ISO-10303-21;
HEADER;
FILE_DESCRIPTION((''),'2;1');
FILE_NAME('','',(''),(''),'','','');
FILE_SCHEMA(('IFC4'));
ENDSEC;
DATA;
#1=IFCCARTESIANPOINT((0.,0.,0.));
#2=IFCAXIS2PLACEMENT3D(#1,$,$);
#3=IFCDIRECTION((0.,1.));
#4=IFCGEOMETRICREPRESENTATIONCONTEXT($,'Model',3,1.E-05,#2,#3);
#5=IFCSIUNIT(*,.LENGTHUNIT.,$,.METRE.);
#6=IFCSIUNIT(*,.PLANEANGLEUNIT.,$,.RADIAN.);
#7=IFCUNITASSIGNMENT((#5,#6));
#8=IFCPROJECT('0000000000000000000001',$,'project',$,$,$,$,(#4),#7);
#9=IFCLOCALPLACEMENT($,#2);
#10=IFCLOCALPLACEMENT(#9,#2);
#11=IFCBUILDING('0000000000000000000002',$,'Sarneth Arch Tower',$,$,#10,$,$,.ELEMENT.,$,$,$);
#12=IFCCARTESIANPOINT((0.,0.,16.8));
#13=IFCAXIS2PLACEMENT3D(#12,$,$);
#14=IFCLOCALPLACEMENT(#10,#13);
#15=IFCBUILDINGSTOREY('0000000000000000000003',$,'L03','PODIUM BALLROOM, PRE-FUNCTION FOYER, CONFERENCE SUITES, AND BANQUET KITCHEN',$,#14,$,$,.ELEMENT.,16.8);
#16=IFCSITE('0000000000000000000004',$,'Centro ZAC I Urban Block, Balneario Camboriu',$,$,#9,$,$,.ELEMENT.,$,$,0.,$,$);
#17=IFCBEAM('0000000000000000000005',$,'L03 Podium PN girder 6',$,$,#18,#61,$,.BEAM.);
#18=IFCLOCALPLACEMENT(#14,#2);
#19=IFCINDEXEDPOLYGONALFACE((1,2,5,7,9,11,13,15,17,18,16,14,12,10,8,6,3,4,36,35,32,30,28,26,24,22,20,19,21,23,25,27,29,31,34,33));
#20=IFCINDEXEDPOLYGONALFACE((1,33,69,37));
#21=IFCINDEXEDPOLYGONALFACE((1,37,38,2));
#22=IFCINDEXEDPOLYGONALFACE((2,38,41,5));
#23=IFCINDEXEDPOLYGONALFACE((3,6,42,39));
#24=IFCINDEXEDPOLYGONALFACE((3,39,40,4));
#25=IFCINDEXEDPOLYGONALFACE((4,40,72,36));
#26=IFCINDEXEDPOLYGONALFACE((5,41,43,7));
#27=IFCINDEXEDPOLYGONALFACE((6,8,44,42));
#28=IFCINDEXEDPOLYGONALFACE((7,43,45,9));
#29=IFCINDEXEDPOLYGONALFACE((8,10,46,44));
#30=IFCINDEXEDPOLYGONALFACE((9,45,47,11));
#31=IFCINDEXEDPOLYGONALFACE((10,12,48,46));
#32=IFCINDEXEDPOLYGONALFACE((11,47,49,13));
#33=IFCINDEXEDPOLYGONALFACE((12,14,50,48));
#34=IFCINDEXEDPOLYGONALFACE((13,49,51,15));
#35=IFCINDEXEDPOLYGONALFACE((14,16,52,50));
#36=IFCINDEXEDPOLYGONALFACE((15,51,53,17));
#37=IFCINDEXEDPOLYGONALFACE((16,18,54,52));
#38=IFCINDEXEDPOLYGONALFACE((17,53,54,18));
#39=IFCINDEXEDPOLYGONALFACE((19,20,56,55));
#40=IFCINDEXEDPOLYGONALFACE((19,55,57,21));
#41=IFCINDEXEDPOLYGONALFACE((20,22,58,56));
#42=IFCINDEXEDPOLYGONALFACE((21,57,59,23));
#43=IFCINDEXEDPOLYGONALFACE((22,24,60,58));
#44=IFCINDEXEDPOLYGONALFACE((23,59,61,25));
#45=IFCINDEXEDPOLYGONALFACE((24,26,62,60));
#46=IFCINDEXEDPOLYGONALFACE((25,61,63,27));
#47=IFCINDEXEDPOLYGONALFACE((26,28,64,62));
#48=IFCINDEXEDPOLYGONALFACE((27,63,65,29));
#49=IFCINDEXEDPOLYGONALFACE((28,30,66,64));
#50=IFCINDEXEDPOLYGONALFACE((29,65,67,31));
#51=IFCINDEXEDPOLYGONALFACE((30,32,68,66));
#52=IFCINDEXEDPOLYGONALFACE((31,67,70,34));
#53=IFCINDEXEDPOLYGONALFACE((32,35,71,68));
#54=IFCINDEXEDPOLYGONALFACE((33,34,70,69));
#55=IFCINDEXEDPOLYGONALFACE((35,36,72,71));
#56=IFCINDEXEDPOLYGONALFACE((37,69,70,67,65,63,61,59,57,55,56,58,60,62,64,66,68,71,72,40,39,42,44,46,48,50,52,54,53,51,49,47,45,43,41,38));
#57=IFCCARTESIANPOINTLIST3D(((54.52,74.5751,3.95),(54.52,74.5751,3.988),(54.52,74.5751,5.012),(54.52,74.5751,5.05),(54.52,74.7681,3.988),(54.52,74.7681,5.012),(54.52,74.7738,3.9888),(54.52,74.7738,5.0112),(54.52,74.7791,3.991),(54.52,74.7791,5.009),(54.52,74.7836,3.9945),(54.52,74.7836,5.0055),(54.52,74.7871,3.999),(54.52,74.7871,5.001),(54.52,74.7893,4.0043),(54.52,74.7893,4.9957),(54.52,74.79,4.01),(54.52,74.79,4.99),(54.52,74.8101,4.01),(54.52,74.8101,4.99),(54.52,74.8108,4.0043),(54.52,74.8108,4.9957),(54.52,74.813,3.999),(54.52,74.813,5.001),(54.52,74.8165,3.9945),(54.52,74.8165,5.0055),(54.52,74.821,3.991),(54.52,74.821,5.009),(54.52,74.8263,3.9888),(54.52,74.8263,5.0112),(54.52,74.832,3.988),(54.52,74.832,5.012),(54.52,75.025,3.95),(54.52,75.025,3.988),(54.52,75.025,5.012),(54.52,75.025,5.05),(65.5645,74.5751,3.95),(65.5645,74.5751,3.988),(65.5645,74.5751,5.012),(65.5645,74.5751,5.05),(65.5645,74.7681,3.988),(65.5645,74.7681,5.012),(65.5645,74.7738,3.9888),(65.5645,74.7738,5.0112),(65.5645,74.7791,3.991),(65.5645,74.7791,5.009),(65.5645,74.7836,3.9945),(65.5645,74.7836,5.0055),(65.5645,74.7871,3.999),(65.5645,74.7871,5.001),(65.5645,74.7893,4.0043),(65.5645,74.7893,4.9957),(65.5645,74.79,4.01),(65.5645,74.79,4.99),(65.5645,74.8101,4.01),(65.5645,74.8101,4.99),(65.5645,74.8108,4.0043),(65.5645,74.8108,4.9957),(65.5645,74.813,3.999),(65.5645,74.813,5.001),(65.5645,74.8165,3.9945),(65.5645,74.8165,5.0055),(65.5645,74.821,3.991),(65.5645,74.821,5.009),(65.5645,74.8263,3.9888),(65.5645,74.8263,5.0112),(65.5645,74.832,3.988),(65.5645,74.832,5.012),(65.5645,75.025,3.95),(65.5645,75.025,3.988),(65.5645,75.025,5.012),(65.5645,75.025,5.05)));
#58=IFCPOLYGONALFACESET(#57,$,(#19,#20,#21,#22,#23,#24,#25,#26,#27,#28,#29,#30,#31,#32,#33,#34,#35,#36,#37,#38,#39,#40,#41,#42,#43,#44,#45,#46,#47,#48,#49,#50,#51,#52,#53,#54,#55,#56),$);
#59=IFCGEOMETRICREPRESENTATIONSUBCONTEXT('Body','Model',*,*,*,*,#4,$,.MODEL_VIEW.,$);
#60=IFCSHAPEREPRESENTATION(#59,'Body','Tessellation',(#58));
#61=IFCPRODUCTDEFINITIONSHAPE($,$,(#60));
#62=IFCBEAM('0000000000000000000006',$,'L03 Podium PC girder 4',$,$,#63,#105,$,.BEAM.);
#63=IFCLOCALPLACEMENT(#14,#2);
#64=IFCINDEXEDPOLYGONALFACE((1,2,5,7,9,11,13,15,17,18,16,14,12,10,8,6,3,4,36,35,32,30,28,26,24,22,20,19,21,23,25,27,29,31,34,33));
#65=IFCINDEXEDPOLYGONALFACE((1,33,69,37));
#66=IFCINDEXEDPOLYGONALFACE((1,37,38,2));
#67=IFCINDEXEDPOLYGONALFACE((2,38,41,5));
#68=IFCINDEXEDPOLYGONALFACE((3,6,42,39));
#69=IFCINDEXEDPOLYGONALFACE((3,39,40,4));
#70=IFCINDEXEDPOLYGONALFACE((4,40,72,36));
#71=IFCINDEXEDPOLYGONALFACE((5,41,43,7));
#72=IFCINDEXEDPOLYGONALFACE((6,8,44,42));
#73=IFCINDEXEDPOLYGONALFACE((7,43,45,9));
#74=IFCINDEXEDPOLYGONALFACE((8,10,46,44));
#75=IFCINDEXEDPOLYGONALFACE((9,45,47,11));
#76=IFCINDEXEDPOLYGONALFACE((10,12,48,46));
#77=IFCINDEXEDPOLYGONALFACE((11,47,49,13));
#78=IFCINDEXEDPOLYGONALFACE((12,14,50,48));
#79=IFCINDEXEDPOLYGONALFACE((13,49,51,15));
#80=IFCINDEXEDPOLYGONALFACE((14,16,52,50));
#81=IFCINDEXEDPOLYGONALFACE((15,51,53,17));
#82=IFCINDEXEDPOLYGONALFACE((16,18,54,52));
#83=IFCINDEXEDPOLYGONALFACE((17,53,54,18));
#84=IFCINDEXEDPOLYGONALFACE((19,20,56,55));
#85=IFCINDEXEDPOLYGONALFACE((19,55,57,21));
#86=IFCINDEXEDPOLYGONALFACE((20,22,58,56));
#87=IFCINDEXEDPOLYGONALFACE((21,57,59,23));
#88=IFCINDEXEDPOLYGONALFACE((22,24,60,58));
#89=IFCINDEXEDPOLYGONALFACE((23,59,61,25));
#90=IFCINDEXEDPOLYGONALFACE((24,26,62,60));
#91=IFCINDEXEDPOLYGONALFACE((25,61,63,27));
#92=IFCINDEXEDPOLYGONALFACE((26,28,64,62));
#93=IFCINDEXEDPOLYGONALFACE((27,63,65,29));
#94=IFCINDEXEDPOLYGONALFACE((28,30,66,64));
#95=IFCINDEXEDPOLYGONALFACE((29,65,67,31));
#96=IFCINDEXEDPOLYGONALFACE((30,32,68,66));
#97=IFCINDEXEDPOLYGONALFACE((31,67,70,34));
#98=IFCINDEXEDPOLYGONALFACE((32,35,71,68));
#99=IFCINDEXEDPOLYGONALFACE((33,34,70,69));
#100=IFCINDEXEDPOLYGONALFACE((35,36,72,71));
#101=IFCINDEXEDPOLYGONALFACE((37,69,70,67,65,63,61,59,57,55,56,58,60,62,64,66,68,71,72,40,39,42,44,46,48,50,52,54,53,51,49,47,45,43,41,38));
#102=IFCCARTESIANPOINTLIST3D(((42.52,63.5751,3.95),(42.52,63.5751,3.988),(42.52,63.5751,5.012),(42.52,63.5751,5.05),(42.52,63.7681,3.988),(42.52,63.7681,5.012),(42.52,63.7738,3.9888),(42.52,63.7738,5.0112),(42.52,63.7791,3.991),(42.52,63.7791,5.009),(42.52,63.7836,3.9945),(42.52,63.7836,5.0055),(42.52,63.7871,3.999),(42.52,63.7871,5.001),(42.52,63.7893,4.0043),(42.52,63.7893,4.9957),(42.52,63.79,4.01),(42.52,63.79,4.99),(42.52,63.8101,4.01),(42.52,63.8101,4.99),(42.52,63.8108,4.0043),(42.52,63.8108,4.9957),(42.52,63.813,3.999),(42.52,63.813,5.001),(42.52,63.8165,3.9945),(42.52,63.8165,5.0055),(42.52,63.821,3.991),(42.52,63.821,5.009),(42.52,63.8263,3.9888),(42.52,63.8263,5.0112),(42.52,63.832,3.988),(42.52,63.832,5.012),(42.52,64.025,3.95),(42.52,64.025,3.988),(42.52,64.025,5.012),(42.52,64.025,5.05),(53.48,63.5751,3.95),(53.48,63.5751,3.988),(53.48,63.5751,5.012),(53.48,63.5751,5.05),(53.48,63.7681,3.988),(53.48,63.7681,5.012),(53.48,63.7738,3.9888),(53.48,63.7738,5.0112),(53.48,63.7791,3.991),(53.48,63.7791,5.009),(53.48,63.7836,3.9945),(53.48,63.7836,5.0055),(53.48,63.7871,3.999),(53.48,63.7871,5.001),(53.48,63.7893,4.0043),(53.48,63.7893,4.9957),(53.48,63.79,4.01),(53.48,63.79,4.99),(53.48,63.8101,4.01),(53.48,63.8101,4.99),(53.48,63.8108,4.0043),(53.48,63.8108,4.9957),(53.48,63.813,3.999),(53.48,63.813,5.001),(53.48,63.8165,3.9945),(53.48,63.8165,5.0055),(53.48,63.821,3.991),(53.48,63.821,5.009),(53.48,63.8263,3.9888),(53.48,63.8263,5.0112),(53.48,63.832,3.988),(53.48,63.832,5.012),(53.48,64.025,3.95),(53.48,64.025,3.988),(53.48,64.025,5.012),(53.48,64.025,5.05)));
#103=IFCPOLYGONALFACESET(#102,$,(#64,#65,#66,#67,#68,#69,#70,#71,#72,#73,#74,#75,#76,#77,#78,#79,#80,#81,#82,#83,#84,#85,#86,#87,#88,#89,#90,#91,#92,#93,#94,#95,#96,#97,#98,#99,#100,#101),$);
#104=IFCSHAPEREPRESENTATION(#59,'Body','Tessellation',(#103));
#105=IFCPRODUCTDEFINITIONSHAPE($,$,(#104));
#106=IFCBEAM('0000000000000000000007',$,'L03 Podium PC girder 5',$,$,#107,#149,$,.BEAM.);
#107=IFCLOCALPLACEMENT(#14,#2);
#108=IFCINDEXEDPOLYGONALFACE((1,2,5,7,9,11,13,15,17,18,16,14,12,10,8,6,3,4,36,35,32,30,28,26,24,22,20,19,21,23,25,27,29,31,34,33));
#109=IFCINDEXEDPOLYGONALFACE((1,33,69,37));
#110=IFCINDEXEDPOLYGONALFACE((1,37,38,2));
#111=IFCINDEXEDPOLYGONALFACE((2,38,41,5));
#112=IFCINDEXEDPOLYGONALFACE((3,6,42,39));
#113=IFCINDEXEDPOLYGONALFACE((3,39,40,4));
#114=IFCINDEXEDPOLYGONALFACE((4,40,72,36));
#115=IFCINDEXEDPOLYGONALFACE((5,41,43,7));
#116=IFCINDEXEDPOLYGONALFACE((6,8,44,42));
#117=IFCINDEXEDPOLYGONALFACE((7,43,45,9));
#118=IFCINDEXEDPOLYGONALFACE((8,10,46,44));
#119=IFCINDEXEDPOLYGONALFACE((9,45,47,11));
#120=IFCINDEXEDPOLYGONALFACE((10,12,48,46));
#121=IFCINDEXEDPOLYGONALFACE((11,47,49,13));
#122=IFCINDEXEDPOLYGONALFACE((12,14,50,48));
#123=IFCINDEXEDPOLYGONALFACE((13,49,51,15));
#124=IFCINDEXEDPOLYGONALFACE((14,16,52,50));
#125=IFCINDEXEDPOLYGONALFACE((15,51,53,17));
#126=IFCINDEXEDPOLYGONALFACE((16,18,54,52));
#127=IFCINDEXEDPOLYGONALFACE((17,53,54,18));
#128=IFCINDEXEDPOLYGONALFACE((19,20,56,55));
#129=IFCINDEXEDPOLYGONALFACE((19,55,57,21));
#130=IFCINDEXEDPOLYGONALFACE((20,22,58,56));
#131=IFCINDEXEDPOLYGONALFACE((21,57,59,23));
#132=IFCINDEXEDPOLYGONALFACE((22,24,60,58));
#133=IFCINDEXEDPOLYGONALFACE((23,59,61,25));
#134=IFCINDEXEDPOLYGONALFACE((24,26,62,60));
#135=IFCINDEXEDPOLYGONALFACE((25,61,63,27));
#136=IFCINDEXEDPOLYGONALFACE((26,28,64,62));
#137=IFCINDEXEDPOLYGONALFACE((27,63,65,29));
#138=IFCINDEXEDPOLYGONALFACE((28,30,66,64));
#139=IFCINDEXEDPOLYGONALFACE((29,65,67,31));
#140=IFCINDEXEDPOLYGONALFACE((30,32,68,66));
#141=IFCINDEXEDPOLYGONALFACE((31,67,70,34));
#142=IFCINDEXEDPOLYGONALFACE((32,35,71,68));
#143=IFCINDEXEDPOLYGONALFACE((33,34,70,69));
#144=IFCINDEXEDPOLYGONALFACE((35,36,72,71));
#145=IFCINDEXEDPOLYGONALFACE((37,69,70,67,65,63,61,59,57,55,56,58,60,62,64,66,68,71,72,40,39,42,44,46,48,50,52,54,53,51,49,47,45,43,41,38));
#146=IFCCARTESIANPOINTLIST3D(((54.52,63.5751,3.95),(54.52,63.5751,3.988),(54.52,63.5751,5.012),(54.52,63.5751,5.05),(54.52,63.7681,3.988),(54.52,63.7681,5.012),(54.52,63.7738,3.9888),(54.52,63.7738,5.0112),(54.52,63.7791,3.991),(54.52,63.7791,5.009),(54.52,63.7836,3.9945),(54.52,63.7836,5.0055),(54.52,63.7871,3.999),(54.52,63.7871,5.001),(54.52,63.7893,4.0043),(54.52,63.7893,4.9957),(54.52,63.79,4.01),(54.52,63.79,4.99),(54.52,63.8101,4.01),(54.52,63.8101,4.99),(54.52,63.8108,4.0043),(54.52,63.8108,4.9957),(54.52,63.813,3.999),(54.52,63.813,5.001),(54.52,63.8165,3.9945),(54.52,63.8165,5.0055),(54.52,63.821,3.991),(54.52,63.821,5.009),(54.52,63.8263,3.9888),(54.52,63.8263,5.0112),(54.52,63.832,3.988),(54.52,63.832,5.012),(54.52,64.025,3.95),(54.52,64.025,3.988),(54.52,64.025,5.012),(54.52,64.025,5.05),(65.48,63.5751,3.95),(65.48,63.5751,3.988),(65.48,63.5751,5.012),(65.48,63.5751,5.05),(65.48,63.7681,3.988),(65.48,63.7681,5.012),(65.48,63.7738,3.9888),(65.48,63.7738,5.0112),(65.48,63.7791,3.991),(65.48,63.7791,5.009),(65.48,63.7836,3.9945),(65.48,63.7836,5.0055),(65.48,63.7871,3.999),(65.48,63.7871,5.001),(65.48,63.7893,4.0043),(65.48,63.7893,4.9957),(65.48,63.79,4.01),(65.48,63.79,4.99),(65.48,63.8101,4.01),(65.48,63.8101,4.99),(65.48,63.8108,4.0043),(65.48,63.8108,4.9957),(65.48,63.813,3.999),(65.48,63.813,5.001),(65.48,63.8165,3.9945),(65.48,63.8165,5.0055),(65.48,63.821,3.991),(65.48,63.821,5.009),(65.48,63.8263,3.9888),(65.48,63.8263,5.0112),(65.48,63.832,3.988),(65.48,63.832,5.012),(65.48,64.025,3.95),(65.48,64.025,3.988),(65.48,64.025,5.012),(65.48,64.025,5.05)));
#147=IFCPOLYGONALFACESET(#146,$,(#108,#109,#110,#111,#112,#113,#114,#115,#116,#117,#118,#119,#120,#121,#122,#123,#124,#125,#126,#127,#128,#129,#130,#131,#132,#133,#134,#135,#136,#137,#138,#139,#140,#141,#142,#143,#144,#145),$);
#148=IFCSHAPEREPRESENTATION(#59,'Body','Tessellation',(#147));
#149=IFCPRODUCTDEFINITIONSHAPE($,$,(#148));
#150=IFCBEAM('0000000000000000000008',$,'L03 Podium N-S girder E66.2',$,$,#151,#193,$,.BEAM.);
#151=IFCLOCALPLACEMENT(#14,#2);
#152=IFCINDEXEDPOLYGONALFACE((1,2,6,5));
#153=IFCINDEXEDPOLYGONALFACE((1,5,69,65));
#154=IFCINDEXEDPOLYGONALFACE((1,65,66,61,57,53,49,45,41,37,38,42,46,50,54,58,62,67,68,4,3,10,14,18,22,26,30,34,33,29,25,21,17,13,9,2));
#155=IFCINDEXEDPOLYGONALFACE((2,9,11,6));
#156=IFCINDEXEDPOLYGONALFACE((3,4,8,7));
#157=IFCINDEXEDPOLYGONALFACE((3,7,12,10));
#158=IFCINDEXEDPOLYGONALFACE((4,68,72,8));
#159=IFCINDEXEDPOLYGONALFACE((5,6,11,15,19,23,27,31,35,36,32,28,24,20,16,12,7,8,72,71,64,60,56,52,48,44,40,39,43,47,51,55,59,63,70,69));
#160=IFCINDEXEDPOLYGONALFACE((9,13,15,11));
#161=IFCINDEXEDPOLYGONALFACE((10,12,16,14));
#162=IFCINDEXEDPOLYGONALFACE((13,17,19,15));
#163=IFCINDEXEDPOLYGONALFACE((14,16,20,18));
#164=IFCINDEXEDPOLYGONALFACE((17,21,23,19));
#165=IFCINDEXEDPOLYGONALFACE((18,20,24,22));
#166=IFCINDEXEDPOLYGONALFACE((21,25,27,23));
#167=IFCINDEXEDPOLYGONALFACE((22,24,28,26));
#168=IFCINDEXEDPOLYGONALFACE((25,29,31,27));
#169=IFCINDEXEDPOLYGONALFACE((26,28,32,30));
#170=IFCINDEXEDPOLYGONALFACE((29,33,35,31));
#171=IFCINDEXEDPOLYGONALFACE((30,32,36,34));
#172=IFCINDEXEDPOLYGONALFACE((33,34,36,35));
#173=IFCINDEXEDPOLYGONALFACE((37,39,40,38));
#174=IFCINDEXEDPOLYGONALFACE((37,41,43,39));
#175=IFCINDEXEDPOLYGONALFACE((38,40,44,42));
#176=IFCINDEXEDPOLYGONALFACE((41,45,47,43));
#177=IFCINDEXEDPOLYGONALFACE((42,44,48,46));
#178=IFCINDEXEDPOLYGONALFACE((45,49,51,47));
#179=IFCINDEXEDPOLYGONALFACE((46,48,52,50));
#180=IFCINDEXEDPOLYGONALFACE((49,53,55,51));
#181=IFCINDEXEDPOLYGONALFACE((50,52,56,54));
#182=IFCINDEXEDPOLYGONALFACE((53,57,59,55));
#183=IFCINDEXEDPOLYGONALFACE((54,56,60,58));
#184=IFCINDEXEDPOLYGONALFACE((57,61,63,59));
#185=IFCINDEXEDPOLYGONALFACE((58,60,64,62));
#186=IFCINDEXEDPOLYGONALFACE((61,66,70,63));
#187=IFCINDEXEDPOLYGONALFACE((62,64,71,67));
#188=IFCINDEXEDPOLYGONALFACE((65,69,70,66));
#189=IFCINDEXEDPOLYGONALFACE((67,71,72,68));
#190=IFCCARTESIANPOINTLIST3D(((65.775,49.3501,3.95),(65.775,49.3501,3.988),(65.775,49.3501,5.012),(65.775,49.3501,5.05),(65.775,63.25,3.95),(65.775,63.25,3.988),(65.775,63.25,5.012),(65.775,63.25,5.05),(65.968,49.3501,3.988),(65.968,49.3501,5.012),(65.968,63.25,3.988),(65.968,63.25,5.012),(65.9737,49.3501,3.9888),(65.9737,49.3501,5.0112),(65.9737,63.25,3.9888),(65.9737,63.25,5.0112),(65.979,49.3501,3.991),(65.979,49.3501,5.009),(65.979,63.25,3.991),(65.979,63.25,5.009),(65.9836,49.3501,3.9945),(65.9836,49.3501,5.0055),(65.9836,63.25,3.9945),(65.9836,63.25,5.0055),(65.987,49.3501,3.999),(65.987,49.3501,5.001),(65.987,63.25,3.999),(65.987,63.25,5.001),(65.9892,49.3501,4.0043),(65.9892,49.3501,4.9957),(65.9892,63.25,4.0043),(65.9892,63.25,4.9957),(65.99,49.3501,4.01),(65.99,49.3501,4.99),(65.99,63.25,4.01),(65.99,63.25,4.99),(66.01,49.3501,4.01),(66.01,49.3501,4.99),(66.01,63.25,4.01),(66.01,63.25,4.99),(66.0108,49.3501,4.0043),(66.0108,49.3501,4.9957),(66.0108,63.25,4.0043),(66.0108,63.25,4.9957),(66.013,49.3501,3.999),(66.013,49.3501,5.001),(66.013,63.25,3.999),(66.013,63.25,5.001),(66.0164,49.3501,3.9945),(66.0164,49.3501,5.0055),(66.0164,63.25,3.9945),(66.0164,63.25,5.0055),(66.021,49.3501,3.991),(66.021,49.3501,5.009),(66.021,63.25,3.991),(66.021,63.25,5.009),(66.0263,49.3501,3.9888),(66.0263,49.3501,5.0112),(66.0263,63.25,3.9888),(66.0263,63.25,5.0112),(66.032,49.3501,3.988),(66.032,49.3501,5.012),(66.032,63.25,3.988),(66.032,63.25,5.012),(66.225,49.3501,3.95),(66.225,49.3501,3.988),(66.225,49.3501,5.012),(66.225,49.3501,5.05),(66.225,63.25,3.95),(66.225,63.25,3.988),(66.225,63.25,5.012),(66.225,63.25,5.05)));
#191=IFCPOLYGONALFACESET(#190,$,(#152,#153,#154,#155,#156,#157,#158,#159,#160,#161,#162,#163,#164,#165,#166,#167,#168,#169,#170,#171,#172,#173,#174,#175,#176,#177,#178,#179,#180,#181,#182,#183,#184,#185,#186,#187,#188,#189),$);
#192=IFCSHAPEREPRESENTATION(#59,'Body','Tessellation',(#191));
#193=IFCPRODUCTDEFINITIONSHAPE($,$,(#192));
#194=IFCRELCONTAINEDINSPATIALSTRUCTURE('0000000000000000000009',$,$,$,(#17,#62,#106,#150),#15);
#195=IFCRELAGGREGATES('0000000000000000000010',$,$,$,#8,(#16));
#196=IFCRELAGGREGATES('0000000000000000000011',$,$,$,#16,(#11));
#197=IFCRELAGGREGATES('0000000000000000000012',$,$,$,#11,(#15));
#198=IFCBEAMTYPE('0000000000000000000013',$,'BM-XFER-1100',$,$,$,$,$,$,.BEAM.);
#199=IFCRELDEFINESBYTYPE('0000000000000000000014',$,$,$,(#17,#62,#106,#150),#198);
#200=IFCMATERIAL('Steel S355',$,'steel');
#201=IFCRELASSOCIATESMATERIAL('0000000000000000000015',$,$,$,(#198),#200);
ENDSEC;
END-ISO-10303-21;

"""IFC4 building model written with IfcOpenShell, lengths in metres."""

from ifc_helpers import new_model, si_unit, direction, frame, origin, origin_2d, place, context, subcontext, project, spatial, i_section, extrude, material, material_profile, profile_set, type_object, element, save


model = new_model("IFC4")

# Units and contexts
model_context = context("Model", 3, precision=1e-05, world=origin(), true_north=direction((0.0, 1.0)))
body_context = subcontext(model_context, "Body", "Model", "MODEL_VIEW")
ifc_project = project(units=[si_unit("LENGTHUNIT", "METRE"), si_unit("PLANEANGLEUNIT", "RADIAN")], contexts=[model_context])

# Site, building, storey
site_placement = place(None, origin())
site = spatial("IfcSite", under=ifc_project, at=site_placement, Name="Centro ZAC I Urban Block, Balneario Camboriu", CompositionType="ELEMENT", RefElevation=0.0)
building_placement = place(site_placement, origin())
building = spatial("IfcBuilding", under=site, at=building_placement, Name="Sarneth Arch Tower", CompositionType="ELEMENT")
storey_placement = place(building_placement, frame((0.0, 0.0, 16.8)))
storey = spatial("IfcBuildingStorey", under=building, at=storey_placement, Name="L03", Description="PODIUM BALLROOM, PRE-FUNCTION FOYER, CONFERENCE SUITES, AND BANQUET KITCHEN", CompositionType="ELEMENT", Elevation=16.8)

# Beams
ifc_material_1 = material(Name="Steel S355", Category="steel")
ifc_material_profile_1 = material_profile(ifc_material_1, i_section(OverallWidth=0.45, OverallDepth=1.1001, WebThickness=0.02, FlangeThickness=0.0381, FilletRadius=0.022, at=origin_2d()), Name="CVS1100x456")
ifc_profile_set_1 = profile_set([ifc_material_profile_1], Name="Steel S355")
beam_type = type_object("IfcBeamType", Name="BM-XFER-1100", PredefinedType="BEAM", material=ifc_profile_set_1)
beam_1_placement = place(storey_placement, frame((54.52, 74.8, 4.5), z_axis=(1.0, 0.0, 0.0), x_axis=(0.0, 1.0, 0.0)))
element("IfcBeam", 1, at=beam_1_placement, inside=storey, type_object=beam_type, Name="L03 Podium PN girder 6", PredefinedType="BEAM", context=body_context, shape_type="SweptSolid", body=[
    extrude(i_section(OverallWidth=0.45, OverallDepth=1.1001, WebThickness=0.02, FlangeThickness=0.0381, FilletRadius=0.022, at=origin_2d()), origin(), (0.0, 0.0, 1.0), 11.0444),
])
for number, where, z_axis, x_axis, name in (
    (2, (42.52, 63.8, 4.5), (1.0, 0.0, 0.0), (0.0, 1.0, 0.0), "L03 Podium PC girder 4"),
    (3, (54.52, 63.8, 4.5), (1.0, 0.0, 0.0), (0.0, 1.0, 0.0), "L03 Podium PC girder 5"),
):
    element("IfcBeam", number, at=place(storey_placement, frame(where, z_axis=z_axis, x_axis=x_axis)), inside=storey, type_object=beam_type, Name=name, PredefinedType="BEAM", context=body_context, shape_type="SweptSolid", body=[
        extrude(i_section(OverallWidth=0.45, OverallDepth=1.1001, WebThickness=0.02, FlangeThickness=0.0381, FilletRadius=0.022, at=origin_2d()), origin(), (0.0, 0.0, 1.0), 10.96),
    ])
beam_2_placement = place(storey_placement, frame((66.0, 49.3501, 4.5), z_axis=(0.0, 1.0, 0.0), x_axis=(-1.0, 0.0, 0.0)))
element("IfcBeam", 4, at=beam_2_placement, inside=storey, type_object=beam_type, Name="L03 Podium N-S girder E66.2", PredefinedType="BEAM", context=body_context, shape_type="SweptSolid", body=[
    extrude(i_section(OverallWidth=0.45, OverallDepth=1.1001, WebThickness=0.02, FlangeThickness=0.0381, FilletRadius=0.022, at=origin_2d()), origin(), (0.0, 0.0, 1.0), 13.8999),
])

save(model, "model.ifc")
